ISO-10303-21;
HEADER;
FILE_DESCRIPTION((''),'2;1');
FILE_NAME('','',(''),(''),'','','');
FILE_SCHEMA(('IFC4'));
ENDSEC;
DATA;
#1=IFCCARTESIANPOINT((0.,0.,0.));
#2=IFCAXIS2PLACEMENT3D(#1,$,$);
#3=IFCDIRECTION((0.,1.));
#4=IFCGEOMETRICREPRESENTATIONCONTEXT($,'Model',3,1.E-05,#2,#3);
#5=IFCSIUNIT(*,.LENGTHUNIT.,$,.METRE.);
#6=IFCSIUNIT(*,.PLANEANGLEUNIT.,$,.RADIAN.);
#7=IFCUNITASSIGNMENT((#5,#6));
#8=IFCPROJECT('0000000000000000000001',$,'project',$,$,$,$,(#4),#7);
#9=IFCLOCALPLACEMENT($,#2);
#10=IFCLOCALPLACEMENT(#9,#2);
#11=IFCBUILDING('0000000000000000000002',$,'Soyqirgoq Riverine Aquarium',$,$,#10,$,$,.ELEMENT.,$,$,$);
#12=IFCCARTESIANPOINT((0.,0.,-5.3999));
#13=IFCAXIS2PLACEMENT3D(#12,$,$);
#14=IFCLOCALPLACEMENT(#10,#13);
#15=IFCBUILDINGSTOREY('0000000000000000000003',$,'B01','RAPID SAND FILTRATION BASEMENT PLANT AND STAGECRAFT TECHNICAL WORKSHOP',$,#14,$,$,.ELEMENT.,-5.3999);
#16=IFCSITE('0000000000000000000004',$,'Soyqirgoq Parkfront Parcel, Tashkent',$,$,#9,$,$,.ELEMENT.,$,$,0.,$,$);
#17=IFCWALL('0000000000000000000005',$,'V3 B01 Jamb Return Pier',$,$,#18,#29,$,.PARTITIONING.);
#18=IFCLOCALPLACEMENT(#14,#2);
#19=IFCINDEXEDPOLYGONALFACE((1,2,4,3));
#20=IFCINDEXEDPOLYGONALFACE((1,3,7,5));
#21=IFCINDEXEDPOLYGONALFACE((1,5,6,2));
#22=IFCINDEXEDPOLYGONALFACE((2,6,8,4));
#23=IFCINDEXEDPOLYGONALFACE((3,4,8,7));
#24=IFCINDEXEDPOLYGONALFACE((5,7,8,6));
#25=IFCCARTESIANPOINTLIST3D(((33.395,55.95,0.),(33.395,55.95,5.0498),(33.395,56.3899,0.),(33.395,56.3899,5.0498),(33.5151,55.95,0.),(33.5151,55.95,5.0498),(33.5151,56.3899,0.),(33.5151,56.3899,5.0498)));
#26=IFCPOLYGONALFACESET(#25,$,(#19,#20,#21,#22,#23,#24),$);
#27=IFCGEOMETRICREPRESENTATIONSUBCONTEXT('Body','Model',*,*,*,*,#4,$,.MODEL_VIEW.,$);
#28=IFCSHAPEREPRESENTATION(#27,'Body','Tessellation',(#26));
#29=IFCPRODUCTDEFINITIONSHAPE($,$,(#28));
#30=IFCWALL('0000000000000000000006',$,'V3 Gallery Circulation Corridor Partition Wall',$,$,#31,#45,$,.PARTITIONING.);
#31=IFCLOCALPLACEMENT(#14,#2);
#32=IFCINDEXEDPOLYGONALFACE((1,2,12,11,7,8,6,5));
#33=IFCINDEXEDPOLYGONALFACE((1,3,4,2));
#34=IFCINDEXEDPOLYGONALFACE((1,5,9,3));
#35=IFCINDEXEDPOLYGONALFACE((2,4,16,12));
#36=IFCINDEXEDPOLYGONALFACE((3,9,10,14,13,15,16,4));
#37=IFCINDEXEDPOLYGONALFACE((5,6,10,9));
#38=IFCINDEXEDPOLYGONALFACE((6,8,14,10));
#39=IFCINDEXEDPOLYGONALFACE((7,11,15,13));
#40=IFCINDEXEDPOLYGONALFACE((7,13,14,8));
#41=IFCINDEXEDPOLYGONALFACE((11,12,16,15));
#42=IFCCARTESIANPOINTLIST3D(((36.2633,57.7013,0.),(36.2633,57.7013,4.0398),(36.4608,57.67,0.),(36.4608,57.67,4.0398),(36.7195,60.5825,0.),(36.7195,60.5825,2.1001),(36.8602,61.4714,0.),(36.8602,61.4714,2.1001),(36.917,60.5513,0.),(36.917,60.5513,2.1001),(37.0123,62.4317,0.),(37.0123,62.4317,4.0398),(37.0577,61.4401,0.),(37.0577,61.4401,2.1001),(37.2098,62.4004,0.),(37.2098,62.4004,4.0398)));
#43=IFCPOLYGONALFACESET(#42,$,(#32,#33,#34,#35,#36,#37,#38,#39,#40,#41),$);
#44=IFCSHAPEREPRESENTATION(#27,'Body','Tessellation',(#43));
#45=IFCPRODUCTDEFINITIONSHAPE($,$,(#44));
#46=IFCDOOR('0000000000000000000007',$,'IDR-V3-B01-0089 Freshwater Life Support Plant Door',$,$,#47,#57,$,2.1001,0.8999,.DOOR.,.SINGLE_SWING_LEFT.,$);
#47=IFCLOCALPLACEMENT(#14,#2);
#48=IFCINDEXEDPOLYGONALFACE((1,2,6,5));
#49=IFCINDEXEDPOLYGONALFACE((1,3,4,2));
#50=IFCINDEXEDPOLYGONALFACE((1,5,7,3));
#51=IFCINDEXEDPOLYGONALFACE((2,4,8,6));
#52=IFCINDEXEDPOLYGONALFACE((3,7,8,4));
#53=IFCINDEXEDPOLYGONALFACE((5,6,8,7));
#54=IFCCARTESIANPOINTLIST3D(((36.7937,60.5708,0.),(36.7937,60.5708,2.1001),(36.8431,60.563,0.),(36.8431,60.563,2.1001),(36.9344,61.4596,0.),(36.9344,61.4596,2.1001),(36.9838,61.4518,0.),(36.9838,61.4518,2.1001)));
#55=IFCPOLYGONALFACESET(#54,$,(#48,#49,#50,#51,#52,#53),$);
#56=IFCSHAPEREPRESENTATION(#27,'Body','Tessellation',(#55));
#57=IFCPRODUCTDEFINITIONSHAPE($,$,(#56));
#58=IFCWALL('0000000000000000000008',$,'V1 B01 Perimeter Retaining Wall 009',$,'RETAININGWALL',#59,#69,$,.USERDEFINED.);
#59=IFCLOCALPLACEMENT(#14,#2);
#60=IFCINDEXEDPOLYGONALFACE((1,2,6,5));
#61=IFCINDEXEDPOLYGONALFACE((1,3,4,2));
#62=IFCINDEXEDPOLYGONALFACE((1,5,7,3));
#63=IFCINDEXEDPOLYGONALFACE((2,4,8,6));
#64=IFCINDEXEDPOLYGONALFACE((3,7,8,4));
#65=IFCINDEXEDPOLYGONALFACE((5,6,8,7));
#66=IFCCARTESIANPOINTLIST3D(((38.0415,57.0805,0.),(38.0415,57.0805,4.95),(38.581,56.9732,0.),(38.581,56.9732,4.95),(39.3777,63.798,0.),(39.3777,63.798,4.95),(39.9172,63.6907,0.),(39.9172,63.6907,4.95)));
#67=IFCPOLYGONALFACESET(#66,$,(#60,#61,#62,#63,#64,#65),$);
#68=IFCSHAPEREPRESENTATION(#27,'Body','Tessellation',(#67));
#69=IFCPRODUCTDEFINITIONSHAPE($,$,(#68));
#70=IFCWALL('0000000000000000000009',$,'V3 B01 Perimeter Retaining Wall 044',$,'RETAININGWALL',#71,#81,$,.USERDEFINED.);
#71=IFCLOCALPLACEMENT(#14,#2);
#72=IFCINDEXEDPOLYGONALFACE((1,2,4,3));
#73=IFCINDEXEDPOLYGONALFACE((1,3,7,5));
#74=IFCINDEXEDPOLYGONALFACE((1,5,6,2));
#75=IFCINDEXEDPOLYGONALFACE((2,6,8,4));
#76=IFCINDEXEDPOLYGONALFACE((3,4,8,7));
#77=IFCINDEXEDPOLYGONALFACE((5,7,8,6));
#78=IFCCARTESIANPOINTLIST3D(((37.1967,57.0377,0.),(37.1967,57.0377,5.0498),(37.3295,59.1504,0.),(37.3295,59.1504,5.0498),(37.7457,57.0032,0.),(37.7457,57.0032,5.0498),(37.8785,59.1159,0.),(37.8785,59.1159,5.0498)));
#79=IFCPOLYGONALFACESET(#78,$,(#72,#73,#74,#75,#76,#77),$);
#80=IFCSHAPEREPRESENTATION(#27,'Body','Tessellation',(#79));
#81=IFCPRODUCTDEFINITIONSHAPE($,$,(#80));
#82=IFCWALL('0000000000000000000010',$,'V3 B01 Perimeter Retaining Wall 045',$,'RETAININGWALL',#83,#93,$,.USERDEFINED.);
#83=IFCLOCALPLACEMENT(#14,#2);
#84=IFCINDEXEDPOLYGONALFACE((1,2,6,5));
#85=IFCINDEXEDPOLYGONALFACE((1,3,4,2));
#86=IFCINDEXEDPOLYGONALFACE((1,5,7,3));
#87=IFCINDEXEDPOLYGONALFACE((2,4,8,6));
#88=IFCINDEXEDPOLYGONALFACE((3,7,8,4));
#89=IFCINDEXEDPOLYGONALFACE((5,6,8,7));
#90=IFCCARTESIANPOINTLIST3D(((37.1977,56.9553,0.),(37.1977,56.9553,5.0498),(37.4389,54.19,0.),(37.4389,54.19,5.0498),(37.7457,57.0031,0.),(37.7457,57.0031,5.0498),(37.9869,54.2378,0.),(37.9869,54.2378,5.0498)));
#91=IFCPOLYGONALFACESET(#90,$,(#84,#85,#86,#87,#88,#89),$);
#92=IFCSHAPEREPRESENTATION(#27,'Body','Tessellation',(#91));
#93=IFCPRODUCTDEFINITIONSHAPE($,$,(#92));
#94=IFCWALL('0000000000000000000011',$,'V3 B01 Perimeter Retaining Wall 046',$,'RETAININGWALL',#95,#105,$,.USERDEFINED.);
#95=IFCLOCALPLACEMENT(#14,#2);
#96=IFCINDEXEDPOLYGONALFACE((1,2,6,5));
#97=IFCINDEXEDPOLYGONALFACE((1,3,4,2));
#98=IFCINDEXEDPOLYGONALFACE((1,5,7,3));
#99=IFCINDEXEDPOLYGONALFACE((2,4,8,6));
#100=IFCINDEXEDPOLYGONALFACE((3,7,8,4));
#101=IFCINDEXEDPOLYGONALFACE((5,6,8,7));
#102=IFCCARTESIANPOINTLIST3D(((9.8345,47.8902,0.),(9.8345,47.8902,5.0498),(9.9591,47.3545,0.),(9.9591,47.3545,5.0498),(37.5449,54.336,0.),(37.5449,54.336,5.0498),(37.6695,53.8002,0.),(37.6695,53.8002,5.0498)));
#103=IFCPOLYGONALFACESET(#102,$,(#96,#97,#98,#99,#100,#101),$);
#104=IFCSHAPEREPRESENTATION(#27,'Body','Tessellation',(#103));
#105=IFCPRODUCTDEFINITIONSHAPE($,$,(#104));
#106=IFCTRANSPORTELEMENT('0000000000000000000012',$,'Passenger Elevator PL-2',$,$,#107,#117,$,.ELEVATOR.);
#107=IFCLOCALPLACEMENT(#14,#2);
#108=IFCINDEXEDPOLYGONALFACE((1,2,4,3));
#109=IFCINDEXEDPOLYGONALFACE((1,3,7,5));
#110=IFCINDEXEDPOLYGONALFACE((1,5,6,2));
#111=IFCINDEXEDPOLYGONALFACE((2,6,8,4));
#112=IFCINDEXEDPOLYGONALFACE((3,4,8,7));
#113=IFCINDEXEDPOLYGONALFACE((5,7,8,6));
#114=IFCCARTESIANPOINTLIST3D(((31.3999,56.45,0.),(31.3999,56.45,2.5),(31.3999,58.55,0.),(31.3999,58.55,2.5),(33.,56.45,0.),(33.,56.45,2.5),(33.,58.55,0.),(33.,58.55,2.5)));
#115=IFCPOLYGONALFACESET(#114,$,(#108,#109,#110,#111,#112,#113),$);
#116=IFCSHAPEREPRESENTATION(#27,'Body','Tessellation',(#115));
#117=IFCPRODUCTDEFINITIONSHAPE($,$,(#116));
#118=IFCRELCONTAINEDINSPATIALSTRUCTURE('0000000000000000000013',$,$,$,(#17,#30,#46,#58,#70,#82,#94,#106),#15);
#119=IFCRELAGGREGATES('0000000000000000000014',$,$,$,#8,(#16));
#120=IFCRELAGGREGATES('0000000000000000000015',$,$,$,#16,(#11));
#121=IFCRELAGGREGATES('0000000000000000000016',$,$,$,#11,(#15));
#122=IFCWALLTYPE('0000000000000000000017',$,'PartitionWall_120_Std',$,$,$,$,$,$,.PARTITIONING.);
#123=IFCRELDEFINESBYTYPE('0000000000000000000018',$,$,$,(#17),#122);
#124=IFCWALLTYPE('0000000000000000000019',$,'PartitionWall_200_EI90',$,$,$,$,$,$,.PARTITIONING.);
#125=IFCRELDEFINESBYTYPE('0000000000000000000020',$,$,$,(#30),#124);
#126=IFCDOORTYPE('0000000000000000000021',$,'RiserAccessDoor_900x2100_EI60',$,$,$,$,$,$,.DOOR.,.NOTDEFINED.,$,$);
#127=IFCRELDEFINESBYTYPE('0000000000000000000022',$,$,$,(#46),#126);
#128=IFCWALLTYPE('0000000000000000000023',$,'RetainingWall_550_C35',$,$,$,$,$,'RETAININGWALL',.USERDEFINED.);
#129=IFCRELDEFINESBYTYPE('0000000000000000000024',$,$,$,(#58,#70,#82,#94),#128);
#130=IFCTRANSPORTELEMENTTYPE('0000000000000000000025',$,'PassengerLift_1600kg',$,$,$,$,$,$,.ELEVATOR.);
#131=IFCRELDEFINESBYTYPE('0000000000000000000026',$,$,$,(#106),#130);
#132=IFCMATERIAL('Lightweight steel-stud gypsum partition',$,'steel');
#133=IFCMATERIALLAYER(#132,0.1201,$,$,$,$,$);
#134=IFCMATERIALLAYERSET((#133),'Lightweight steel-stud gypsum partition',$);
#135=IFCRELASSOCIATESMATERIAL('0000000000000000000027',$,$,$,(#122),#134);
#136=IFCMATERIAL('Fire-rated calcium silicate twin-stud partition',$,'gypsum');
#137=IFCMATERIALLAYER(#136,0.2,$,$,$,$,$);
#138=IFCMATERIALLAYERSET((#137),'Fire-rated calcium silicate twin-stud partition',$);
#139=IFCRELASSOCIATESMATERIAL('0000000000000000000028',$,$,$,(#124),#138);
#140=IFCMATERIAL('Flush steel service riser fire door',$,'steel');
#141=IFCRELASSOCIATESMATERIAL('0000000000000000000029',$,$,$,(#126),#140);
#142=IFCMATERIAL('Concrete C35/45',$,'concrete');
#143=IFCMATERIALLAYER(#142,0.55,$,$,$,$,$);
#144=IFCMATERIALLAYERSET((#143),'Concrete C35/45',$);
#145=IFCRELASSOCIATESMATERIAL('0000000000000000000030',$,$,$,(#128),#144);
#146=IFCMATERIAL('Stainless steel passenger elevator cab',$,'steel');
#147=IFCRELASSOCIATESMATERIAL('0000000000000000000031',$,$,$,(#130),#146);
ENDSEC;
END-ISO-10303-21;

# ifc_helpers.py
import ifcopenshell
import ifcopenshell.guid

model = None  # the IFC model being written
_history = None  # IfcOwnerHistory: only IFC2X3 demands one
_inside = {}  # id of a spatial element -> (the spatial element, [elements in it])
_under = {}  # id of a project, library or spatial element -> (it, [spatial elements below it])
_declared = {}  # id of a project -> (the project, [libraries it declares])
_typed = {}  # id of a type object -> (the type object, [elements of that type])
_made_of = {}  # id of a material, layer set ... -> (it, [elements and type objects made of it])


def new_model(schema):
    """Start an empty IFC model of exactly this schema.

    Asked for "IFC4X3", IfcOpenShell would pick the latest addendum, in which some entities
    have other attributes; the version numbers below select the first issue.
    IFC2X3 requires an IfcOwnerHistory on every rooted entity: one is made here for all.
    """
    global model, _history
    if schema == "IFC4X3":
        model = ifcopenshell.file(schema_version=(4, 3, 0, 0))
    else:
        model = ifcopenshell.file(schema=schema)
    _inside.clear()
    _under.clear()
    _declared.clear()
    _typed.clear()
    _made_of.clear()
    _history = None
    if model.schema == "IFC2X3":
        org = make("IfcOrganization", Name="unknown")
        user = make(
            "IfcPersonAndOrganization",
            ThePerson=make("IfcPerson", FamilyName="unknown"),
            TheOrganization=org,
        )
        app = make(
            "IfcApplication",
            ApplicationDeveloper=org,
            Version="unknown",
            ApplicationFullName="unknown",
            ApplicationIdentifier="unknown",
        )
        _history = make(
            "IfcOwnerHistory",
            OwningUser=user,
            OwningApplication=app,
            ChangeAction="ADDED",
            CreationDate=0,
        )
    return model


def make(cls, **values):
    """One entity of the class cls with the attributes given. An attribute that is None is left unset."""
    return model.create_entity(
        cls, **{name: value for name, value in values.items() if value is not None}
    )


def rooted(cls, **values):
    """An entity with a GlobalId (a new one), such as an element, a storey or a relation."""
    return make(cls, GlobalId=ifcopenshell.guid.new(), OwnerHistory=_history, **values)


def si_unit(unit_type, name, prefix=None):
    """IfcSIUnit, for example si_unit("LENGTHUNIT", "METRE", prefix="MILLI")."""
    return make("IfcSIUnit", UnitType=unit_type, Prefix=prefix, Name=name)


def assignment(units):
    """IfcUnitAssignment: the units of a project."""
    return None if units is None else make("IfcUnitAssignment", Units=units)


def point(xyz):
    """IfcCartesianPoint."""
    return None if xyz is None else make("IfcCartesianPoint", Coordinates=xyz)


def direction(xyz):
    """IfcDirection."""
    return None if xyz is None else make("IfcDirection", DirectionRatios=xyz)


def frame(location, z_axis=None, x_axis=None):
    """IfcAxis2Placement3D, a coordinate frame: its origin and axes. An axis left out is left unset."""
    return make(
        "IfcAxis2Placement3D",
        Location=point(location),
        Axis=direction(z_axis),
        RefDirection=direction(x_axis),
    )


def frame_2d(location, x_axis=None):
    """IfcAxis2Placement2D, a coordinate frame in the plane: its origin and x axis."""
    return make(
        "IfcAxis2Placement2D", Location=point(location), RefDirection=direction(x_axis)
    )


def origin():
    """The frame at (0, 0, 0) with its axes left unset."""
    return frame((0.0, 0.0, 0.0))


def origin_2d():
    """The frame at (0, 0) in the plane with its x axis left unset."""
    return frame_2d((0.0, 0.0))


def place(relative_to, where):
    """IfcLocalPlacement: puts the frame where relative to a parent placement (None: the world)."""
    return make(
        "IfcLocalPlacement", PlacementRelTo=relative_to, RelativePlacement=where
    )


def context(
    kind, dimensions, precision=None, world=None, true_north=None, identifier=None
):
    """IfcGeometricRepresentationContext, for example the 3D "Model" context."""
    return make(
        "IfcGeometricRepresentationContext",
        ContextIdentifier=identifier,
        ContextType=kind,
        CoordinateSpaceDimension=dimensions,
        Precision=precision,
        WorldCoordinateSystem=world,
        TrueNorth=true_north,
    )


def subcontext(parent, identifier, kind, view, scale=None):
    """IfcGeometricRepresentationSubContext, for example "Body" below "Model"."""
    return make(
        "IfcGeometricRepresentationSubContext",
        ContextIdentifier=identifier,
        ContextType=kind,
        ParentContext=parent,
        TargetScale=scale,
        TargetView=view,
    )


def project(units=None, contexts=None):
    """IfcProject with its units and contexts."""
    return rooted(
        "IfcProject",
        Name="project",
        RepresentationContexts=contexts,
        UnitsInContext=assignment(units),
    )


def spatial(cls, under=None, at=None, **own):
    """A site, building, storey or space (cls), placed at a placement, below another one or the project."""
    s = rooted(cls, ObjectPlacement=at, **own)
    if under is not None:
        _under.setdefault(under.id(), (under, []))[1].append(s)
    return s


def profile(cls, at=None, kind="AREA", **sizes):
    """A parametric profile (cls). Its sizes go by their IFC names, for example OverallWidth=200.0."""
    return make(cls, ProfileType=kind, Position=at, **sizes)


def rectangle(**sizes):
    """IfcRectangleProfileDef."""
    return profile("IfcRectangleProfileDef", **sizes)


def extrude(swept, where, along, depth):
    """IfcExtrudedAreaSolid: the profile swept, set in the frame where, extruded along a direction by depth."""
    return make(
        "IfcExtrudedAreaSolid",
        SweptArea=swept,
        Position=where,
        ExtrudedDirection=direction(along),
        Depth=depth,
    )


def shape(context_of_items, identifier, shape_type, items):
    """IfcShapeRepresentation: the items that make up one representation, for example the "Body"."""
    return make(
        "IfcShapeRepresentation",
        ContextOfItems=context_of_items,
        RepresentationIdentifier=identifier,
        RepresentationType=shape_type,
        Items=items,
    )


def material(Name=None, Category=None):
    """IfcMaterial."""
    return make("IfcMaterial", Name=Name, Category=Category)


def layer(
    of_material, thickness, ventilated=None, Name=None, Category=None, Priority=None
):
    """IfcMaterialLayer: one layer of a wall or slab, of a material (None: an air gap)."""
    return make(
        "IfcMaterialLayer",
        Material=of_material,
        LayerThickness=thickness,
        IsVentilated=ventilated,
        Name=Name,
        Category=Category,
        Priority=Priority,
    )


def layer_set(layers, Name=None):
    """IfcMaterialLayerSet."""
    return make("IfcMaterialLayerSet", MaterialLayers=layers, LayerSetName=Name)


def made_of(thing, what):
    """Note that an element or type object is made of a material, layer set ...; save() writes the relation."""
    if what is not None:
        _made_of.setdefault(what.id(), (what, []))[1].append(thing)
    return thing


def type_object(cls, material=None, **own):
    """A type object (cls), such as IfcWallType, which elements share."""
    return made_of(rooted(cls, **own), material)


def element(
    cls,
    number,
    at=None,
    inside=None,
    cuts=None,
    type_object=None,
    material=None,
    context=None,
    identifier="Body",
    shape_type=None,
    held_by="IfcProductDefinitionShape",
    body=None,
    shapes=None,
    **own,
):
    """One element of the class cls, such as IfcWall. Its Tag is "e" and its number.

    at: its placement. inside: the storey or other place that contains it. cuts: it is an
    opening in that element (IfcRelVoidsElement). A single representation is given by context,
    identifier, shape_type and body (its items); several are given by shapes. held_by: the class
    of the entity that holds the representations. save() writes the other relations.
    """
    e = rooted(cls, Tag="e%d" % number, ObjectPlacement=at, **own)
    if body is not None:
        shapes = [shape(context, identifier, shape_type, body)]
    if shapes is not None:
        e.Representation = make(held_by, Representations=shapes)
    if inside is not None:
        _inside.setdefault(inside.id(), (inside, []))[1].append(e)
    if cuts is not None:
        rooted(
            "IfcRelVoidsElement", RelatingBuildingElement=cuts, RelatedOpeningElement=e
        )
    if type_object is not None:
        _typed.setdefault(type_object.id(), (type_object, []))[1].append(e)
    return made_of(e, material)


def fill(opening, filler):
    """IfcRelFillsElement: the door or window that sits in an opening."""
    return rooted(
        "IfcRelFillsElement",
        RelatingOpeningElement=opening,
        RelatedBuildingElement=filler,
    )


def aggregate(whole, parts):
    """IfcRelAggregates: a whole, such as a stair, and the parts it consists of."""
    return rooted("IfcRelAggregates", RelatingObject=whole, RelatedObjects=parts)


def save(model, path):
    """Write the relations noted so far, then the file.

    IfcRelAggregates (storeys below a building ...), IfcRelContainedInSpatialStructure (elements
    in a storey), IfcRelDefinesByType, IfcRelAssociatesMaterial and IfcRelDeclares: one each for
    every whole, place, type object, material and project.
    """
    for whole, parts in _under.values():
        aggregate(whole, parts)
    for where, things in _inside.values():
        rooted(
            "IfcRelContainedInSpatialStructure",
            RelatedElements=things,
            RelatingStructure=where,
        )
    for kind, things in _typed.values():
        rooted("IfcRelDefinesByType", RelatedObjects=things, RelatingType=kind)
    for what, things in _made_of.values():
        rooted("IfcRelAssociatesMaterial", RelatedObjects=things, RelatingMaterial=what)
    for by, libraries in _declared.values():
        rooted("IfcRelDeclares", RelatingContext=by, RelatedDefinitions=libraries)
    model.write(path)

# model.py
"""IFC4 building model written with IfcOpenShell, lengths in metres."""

from ifc_helpers import new_model, si_unit, direction, frame, frame_2d, origin, origin_2d, place, context, subcontext, project, spatial, rectangle, extrude, material, layer, layer_set, type_object, element, fill, save


model = new_model("IFC4")

# Units and contexts
model_context = context("Model", 3, precision=1e-05, world=origin(), true_north=direction((0.0, 1.0)))
body_context = subcontext(model_context, "Body", "Model", "MODEL_VIEW")
ifc_project = project(units=[si_unit("LENGTHUNIT", "METRE"), si_unit("PLANEANGLEUNIT", "RADIAN")], contexts=[model_context])

# Site, building, storey
site_placement = place(None, origin())
site = spatial("IfcSite", under=ifc_project, at=site_placement, Name="Soyqirgoq Parkfront Parcel, Tashkent", CompositionType="ELEMENT", RefElevation=0.0)
building_placement = place(site_placement, origin())
building = spatial("IfcBuilding", under=site, at=building_placement, Name="Soyqirgoq Riverine Aquarium", CompositionType="ELEMENT")
storey_placement = place(building_placement, frame((0.0, 0.0, -5.3999)))
storey = spatial("IfcBuildingStorey", under=building, at=storey_placement, Name="B01", Description="RAPID SAND FILTRATION BASEMENT PLANT AND STAGECRAFT TECHNICAL WORKSHOP", CompositionType="ELEMENT", Elevation=-5.3999)

# Wall
ifc_material_1 = material(Name="Lightweight steel-stud gypsum partition", Category="steel")
ifc_layer_1 = layer(ifc_material_1, 0.1201)
ifc_layer_set_1 = layer_set([ifc_layer_1], Name="Lightweight steel-stud gypsum partition")
wall_type_1 = type_object("IfcWallType", Name="PartitionWall_120_Std", PredefinedType="PARTITIONING", material=ifc_layer_set_1)
wall_1_placement = place(storey_placement, frame((33.4551, 55.95, 0.0), z_axis=(0.0, 0.0, 1.0), x_axis=(0.0, 1.0, 0.0)))
element("IfcWall", 1, at=wall_1_placement, inside=storey, type_object=wall_type_1, Name="V3 B01 Jamb Return Pier", PredefinedType="PARTITIONING", context=body_context, shape_type="SweptSolid", body=[
    extrude(rectangle(XDim=0.4399, YDim=0.1201, at=frame_2d((0.22, 0.0))), origin(), (0.0, 0.0, 1.0), 5.0498),
])

# Wall, opening, door
ifc_material_2 = material(Name="Fire-rated calcium silicate twin-stud partition", Category="gypsum")
ifc_layer_2 = layer(ifc_material_2, 0.2)
ifc_layer_set_2 = layer_set([ifc_layer_2], Name="Fire-rated calcium silicate twin-stud partition")
wall_type_2 = type_object("IfcWallType", Name="PartitionWall_200_EI90", PredefinedType="PARTITIONING", material=ifc_layer_set_2)
wall_2_placement = place(storey_placement, frame((36.3621, 57.6858, 0.0), z_axis=(0.0, 0.0, 1.0), x_axis=(0.156392, 0.987695, 0.0)))
wall_2 = element("IfcWall", 2, at=wall_2_placement, inside=storey, type_object=wall_type_2, Name="V3 Gallery Circulation Corridor Partition Wall", PredefinedType="PARTITIONING", context=body_context, shape_type="SweptSolid", body=[
    extrude(rectangle(XDim=4.7893, YDim=0.2, at=frame_2d((2.3945, 0.0))), origin(), (0.0, 0.0, 1.0), 4.0398),
])
opening_1_placement = place(wall_2_placement, frame((2.917, 0.0, 0.0)))
opening_1 = element("IfcOpeningElement", 3, at=opening_1_placement, cuts=wall_2, PredefinedType="OPENING", context=body_context, shape_type="SweptSolid", body=[
    extrude(rectangle(XDim=0.8999, YDim=2.1001, at=frame_2d((0.45, 1.05))), frame((0.0, 0.1099, 0.0), z_axis=(0.0, -1.0, 0.0), x_axis=(1.0, 0.0, 0.0)), (0.0, 0.0, 1.0), 0.22),
])
ifc_material_3 = material(Name="Flush steel service riser fire door", Category="steel")
door_type_1 = type_object("IfcDoorType", Name="RiserAccessDoor_900x2100_EI60", OperationType="NOTDEFINED", PredefinedType="DOOR", material=ifc_material_3)
door_1_placement = place(opening_1_placement, origin())
door_1 = element("IfcDoor", 4, at=door_1_placement, inside=storey, type_object=door_type_1, Name="IDR-V3-B01-0089 Freshwater Life Support Plant Door", OperationType="SINGLE_SWING_LEFT", OverallHeight=2.1001, OverallWidth=0.8999, PredefinedType="DOOR", context=body_context, shape_type="SweptSolid", body=[
    extrude(rectangle(XDim=0.8999, YDim=2.1001, at=frame_2d((0.45, 1.05))), frame((0.0, 0.0249, 0.0), z_axis=(0.0, -1.0, 0.0), x_axis=(1.0, 0.0, 0.0)), (0.0, 0.0, 1.0), 0.05),
])
fill(opening_1, door_1)

# Walls
ifc_material_4 = material(Name="Concrete C35/45", Category="concrete")
ifc_layer_3 = layer(ifc_material_4, 0.55)
ifc_layer_set_3 = layer_set([ifc_layer_3], Name="Concrete C35/45")
wall_type_3 = type_object("IfcWallType", Name="RetainingWall_550_C35", ElementType="RETAININGWALL", PredefinedType="USERDEFINED", material=ifc_layer_set_3)
wall_3_placement = place(storey_placement, frame((38.3113, 57.0269, 0.0), z_axis=(0.0, 0.0, 1.0), x_axis=(0.195088, 0.980786, 0.0)))
element("IfcWall", 5, at=wall_3_placement, inside=storey, type_object=wall_type_3, Name="V1 B01 Perimeter Retaining Wall 009", ObjectType="RETAININGWALL", PredefinedType="USERDEFINED", context=body_context, shape_type="SweptSolid", body=[
    extrude(rectangle(XDim=6.8491, YDim=0.55, at=frame_2d((3.4246, 0.0))), origin(), (0.0, 0.0, 1.0), 4.95),
])
wall_4_placement = place(storey_placement, frame((37.604, 59.1333, 0.0), z_axis=(0.0, 0.0, 1.0), x_axis=(-0.062737, -0.99803, 0.0)))
element("IfcWall", 6, at=wall_4_placement, inside=storey, type_object=wall_type_3, Name="V3 B01 Perimeter Retaining Wall 044", ObjectType="RETAININGWALL", PredefinedType="USERDEFINED", context=body_context, shape_type="SweptSolid", body=[
    extrude(rectangle(XDim=2.1169, YDim=0.55, at=frame_2d((1.0586, 0.0))), origin(), (0.0, 0.0, 1.0), 5.0498),
])
wall_5_placement = place(storey_placement, frame((37.4717, 56.9792, 0.0), z_axis=(0.0, 0.0, 1.0), x_axis=(0.086895, -0.996217, 0.0)))
element("IfcWall", 7, at=wall_5_placement, inside=storey, type_object=wall_type_3, Name="V3 B01 Perimeter Retaining Wall 045", ObjectType="RETAININGWALL", PredefinedType="USERDEFINED", context=body_context, shape_type="SweptSolid", body=[
    extrude(rectangle(XDim=2.7759, YDim=0.55, at=frame_2d((1.3879, 0.0))), origin(), (0.0, 0.0, 1.0), 5.0498),
])
wall_6_placement = place(storey_placement, frame((37.6072, 54.0681, 0.0), z_axis=(0.0, 0.0, 1.0), x_axis=(-0.973996, -0.226564, 0.0)))
element("IfcWall", 8, at=wall_6_placement, inside=storey, type_object=wall_type_3, Name="V3 B01 Perimeter Retaining Wall 046", ObjectType="RETAININGWALL", PredefinedType="USERDEFINED", context=body_context, shape_type="SweptSolid", body=[
    extrude(rectangle(XDim=28.4502, YDim=0.55, at=frame_2d((14.2251, 0.0))), origin(), (0.0, 0.0, 1.0), 5.0498),
])

# Transport element
ifc_material_5 = material(Name="Stainless steel passenger elevator cab", Category="steel")
transport_element_type = type_object("IfcTransportElementType", Name="PassengerLift_1600kg", PredefinedType="ELEVATOR", material=ifc_material_5)
transport_element_placement = place(storey_placement, frame((32.2, 57.5, 0.0), z_axis=(0.0, 0.0, 1.0), x_axis=(1.0, 0.0, 0.0)))
element("IfcTransportElement", 9, at=transport_element_placement, inside=storey, type_object=transport_element_type, Name="Passenger Elevator PL-2", PredefinedType="ELEVATOR", context=body_context, shape_type="SweptSolid", body=[
    extrude(rectangle(XDim=1.6001, YDim=2.1001, at=origin_2d()), origin(), (0.0, 0.0, 1.0), 2.5),
])

save(model, "model.ifc")
